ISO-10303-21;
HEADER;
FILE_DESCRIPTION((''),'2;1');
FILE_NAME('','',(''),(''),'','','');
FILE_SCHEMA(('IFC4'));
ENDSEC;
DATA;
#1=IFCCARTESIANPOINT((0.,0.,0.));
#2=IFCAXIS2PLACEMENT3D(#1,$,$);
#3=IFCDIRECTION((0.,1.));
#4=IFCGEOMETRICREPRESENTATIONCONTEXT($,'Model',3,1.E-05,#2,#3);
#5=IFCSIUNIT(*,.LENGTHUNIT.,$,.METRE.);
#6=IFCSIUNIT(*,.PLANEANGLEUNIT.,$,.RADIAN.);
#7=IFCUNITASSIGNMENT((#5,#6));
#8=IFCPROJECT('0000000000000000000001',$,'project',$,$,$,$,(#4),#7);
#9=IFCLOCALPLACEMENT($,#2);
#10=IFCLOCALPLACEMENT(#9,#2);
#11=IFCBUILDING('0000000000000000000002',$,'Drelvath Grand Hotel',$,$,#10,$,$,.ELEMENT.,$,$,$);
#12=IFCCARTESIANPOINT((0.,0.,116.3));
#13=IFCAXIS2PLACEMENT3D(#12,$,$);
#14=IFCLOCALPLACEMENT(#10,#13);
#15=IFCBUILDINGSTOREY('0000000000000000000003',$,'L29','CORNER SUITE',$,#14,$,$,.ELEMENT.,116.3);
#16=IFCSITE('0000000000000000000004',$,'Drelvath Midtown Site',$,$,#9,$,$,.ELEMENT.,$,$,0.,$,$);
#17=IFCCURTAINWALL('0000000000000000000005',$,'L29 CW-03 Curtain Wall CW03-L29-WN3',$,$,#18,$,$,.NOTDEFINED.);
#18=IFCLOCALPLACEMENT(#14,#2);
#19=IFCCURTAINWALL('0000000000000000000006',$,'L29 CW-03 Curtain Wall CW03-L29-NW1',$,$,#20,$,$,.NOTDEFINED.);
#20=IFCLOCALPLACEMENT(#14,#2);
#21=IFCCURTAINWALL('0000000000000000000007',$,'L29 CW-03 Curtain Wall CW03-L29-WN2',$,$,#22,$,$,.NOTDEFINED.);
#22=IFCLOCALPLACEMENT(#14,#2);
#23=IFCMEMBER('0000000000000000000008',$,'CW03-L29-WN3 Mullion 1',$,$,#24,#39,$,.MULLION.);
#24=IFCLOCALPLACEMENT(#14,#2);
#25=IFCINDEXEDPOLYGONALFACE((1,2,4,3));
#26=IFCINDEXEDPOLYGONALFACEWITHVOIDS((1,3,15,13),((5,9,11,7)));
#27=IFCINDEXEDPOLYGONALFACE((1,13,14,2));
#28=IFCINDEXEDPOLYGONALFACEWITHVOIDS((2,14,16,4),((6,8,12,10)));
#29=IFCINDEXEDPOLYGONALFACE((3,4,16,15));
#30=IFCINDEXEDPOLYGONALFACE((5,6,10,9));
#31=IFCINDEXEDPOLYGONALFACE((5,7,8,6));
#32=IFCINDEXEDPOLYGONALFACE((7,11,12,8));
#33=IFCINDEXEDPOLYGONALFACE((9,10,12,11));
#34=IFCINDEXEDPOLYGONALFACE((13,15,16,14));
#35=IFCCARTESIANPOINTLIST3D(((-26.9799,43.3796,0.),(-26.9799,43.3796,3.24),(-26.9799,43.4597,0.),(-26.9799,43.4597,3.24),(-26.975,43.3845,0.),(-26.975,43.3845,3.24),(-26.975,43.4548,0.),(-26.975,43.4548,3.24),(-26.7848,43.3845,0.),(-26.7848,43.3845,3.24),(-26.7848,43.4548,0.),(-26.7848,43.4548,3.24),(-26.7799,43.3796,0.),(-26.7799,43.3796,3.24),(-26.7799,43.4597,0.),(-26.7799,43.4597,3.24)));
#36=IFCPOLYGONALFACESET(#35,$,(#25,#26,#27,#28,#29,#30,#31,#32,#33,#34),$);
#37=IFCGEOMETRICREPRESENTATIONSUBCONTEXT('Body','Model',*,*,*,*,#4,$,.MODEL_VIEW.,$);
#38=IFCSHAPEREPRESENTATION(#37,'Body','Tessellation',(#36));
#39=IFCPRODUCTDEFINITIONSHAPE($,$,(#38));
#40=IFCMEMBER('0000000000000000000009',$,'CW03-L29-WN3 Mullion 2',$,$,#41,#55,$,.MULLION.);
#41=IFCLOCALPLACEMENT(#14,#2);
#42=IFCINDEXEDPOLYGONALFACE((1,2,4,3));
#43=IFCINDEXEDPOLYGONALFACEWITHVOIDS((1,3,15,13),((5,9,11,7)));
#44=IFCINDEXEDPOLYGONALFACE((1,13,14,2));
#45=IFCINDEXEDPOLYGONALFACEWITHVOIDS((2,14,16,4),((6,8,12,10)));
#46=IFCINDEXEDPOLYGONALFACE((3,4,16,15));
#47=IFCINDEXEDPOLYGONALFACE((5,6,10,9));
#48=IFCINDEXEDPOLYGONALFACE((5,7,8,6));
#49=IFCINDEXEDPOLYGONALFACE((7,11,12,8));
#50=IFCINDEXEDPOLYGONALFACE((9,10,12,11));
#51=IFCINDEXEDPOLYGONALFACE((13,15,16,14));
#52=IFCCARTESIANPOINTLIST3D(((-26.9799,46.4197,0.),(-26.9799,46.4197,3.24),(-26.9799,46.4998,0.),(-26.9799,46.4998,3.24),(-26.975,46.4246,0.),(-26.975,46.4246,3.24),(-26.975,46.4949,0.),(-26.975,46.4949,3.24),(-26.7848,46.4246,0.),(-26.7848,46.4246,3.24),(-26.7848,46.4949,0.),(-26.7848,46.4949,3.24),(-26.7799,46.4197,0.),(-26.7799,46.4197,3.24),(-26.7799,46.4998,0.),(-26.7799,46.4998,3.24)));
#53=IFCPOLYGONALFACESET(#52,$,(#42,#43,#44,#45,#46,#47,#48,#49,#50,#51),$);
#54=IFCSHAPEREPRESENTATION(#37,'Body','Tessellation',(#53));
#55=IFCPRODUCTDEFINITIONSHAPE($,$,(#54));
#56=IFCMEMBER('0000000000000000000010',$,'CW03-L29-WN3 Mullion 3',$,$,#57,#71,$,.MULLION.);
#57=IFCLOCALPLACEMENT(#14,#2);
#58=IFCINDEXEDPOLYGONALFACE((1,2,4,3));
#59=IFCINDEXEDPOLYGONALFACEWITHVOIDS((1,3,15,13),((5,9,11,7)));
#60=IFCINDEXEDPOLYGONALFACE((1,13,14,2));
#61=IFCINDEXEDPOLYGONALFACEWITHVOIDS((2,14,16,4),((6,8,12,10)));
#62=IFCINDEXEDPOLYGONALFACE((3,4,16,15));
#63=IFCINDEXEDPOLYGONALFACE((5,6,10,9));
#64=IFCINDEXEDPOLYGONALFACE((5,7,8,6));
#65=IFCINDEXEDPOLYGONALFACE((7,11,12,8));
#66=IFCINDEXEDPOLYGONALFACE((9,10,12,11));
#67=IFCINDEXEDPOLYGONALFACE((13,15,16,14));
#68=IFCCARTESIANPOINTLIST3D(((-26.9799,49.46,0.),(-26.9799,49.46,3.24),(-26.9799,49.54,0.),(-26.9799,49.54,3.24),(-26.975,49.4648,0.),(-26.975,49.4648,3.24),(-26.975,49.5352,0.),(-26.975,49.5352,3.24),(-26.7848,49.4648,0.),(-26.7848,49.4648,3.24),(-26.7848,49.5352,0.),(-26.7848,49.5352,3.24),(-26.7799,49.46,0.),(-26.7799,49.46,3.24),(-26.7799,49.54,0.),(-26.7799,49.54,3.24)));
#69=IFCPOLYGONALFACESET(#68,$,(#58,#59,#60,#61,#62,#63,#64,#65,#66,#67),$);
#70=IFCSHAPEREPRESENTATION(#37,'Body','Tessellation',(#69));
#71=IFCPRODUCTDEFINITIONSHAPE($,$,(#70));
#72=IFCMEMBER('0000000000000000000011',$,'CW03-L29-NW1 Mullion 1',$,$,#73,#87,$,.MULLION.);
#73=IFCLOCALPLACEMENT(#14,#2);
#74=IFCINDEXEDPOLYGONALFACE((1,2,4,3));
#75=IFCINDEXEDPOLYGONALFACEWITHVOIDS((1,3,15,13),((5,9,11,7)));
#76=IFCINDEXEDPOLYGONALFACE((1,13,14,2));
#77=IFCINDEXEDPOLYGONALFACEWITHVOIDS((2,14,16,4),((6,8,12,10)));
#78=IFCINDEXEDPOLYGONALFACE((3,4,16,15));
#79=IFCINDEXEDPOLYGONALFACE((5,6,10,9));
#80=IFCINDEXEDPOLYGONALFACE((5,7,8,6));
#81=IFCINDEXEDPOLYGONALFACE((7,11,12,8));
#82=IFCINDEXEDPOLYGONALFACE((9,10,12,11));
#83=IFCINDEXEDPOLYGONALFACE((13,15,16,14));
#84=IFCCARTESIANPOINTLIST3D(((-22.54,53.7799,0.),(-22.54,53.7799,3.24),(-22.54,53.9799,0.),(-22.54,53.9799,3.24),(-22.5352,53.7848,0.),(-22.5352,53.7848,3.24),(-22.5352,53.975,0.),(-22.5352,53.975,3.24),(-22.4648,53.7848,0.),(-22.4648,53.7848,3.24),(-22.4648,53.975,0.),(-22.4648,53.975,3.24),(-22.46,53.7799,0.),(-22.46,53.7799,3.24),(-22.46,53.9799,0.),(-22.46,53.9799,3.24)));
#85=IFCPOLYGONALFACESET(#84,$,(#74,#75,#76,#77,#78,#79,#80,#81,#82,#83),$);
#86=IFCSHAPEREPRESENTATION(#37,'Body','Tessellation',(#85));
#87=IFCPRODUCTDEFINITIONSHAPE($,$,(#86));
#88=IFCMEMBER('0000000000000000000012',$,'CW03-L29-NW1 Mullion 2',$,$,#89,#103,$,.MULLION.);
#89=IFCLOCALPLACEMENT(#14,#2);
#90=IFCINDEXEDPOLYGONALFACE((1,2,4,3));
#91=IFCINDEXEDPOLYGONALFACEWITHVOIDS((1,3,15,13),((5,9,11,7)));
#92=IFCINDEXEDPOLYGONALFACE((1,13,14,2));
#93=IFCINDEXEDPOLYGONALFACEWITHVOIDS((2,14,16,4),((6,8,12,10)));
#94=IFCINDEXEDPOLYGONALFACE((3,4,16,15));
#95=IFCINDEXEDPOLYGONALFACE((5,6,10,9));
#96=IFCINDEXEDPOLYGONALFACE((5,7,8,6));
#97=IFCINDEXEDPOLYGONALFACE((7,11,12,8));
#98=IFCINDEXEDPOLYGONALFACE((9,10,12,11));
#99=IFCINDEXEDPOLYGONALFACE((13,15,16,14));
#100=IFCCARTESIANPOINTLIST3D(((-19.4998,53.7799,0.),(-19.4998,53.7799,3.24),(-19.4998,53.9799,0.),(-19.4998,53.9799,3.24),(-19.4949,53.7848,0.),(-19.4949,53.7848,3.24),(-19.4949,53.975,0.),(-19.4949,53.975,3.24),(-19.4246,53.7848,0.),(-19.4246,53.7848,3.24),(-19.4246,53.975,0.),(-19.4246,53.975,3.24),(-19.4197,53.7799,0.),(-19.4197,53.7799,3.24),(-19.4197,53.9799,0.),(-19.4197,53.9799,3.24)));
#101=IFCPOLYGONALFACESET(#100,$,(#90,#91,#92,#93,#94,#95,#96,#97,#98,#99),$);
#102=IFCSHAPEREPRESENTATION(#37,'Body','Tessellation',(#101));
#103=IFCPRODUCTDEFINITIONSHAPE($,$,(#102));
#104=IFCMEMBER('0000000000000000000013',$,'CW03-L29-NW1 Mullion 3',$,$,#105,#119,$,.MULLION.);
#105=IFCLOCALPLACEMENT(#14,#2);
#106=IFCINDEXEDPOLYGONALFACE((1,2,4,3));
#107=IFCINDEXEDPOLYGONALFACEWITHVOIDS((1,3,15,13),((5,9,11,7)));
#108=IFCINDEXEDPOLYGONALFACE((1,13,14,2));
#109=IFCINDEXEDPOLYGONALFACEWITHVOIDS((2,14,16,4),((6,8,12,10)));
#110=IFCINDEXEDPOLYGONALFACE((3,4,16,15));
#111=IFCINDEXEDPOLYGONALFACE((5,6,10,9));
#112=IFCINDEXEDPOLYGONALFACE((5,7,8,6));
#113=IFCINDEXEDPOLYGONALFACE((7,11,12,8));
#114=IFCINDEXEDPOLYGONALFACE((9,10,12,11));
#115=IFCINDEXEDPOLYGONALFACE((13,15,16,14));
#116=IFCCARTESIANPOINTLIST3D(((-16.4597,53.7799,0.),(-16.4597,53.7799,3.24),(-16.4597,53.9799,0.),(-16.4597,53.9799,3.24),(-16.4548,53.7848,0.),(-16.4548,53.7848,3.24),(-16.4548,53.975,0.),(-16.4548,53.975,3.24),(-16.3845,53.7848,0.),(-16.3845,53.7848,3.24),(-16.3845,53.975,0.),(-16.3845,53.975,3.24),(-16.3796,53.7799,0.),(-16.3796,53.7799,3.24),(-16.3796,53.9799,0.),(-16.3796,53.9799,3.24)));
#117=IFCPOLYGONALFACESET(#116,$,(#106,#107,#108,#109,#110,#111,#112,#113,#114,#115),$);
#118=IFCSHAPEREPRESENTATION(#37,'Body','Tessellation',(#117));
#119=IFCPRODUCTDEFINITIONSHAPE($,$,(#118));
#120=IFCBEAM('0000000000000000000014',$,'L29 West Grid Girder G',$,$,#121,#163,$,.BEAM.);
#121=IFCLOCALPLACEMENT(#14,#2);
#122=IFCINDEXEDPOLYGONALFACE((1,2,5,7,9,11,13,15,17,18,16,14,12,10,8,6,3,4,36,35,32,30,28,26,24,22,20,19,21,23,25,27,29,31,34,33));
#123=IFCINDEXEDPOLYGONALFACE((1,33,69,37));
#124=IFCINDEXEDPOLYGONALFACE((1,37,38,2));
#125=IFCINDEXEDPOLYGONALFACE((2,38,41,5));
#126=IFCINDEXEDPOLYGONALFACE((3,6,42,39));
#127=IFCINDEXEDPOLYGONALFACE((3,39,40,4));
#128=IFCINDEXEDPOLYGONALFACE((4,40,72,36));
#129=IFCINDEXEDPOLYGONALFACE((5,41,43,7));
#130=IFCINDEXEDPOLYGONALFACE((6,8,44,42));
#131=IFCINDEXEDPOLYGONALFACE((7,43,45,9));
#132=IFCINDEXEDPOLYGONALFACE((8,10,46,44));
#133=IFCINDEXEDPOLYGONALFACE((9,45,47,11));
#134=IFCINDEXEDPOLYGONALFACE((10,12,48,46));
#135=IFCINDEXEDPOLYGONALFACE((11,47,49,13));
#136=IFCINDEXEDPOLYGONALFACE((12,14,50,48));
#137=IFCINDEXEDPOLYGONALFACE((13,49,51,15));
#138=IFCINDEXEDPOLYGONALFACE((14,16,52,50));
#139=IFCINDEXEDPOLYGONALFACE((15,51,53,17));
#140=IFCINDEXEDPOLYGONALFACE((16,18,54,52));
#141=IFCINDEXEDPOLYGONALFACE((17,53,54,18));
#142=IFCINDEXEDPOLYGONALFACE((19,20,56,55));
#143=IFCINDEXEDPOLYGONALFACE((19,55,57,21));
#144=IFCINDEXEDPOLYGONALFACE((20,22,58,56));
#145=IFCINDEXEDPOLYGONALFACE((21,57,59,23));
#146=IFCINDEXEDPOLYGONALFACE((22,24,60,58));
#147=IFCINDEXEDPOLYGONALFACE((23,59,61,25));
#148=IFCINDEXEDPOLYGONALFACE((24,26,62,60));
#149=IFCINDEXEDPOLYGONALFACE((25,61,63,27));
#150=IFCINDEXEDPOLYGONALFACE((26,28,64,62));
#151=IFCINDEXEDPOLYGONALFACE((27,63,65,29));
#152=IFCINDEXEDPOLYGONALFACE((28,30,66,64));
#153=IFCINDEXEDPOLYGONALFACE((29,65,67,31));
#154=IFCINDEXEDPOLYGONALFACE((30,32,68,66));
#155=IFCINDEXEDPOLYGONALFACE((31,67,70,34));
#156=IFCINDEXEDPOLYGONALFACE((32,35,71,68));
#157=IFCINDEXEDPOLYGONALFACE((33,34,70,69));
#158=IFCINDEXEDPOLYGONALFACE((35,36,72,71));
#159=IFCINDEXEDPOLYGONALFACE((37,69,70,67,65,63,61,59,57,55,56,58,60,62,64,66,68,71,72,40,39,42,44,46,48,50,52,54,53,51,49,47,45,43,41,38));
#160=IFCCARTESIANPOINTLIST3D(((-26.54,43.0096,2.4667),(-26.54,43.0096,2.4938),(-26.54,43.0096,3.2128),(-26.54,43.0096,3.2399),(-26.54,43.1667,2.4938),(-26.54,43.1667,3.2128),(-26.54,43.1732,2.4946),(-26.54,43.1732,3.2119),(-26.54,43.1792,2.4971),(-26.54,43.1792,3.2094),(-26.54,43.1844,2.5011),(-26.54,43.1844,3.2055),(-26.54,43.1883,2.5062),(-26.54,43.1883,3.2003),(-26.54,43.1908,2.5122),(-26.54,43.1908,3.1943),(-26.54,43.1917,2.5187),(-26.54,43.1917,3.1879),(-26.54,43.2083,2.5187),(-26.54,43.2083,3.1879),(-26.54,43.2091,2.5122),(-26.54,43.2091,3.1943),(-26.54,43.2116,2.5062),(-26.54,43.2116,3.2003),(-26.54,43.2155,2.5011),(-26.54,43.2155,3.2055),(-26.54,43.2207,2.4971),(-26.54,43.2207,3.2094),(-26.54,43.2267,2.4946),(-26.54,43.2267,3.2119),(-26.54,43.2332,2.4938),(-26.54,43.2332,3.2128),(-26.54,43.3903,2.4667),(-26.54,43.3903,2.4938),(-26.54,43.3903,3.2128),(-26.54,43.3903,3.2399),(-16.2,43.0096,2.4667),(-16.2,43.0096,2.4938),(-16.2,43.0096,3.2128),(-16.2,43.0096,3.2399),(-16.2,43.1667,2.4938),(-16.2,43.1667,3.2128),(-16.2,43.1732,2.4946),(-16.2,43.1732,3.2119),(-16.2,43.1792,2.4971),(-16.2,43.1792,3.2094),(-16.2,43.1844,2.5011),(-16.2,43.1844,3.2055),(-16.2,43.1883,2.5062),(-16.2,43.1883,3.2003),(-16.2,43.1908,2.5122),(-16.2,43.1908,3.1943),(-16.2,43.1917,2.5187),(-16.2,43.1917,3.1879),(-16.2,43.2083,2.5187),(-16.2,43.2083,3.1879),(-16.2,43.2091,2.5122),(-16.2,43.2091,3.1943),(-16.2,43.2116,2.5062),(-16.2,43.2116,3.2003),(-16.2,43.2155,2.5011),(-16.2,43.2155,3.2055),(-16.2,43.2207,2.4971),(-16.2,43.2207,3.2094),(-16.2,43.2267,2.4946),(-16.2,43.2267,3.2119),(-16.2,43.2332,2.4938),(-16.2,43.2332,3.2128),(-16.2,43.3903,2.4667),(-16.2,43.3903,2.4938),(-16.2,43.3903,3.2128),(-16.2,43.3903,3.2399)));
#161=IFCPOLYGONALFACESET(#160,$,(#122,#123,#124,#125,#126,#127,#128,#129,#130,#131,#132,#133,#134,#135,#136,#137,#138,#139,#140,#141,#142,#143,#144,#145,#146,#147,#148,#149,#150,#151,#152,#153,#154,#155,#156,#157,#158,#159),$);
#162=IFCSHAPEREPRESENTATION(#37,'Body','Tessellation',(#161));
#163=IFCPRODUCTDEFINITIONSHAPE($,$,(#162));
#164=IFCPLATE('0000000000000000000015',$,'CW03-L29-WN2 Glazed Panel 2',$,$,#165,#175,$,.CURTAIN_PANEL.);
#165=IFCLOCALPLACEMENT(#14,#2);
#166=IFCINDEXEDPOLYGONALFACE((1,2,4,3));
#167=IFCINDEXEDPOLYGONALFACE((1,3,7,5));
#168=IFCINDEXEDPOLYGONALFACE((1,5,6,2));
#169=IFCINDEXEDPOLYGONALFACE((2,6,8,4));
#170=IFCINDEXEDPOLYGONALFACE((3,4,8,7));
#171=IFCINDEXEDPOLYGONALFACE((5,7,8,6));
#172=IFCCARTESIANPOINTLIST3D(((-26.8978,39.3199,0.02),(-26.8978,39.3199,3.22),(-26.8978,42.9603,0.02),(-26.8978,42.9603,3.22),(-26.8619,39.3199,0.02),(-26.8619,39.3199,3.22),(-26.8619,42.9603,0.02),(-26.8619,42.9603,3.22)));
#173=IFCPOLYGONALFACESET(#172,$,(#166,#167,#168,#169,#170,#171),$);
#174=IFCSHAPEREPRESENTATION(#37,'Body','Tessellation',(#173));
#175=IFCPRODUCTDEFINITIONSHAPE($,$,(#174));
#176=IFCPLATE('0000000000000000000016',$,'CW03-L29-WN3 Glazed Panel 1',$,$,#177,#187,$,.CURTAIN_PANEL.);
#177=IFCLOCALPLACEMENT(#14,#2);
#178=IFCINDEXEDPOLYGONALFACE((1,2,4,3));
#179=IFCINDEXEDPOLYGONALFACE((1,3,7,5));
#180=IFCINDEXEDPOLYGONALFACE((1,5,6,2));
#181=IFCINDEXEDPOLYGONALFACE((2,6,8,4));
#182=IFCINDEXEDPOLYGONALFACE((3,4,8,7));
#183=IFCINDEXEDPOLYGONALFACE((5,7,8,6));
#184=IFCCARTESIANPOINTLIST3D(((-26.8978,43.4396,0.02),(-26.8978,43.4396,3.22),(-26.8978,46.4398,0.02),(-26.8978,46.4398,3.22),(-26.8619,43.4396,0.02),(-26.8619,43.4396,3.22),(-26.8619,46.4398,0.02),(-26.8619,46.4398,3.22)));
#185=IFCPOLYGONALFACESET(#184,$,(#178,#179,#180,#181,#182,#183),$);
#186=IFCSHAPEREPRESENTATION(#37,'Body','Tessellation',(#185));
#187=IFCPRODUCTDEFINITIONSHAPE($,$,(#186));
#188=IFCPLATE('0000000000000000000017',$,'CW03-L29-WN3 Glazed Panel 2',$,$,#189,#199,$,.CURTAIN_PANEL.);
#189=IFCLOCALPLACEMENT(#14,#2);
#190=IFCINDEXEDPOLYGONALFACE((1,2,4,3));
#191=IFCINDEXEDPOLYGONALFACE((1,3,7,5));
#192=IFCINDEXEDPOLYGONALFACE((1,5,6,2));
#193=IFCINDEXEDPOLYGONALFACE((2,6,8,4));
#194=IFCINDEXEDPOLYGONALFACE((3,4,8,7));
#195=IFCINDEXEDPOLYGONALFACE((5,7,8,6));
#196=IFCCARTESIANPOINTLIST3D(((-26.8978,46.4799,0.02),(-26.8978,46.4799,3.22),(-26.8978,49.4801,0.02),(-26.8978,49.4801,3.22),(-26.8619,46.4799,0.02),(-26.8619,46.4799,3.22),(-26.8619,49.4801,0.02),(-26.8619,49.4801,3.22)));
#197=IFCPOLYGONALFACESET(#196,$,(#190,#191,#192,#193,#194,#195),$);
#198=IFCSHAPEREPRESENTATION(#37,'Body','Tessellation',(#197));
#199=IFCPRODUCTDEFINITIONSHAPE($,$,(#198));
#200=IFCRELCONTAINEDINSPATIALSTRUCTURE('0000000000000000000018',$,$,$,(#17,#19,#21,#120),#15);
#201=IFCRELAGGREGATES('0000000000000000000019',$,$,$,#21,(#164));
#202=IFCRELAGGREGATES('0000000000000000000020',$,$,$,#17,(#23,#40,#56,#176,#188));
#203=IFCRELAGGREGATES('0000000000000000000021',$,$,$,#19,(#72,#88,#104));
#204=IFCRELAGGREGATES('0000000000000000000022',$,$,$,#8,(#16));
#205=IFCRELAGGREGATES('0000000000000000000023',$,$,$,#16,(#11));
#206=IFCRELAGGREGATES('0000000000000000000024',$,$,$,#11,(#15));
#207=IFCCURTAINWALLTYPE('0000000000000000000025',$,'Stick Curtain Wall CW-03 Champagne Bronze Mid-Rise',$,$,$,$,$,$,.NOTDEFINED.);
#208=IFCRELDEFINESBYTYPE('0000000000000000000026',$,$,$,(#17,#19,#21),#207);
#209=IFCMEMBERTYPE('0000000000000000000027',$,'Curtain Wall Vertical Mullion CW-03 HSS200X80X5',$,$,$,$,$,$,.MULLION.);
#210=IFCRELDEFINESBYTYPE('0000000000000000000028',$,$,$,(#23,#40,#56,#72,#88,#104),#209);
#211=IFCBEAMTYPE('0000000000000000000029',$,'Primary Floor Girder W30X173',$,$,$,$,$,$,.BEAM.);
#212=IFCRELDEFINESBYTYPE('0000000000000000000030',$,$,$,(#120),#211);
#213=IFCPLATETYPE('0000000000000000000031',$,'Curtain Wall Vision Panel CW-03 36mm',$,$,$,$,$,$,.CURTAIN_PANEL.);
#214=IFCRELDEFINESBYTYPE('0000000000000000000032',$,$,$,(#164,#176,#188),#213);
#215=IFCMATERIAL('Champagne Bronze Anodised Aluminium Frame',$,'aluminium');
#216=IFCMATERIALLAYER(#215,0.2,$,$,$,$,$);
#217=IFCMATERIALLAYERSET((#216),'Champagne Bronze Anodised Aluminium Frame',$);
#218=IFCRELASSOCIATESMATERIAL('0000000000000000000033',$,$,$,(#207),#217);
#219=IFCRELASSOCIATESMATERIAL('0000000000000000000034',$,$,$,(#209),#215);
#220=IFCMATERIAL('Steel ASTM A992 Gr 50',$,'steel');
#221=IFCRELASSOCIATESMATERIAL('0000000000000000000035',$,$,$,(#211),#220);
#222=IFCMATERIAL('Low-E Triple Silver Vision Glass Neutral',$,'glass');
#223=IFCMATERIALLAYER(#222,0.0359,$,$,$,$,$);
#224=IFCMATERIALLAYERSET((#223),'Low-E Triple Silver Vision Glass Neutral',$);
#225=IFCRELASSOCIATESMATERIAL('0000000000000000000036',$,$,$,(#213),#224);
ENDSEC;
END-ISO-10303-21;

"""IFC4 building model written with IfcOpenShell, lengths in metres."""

from ifc_helpers import new_model, si_unit, direction, frame, origin, origin_2d, place, context, subcontext, project, spatial, rectangle, hollow_rectangle, i_section, extrude, material, layer, layer_set, material_profile, profile_set, type_object, element, aggregate, save


model = new_model("IFC4")

# Units and contexts
model_context = context("Model", 3, precision=1e-05, world=origin(), true_north=direction((0.0, 1.0)))
body_context = subcontext(model_context, "Body", "Model", "MODEL_VIEW")
ifc_project = project(units=[si_unit("LENGTHUNIT", "METRE"), si_unit("PLANEANGLEUNIT", "RADIAN")], contexts=[model_context])

# Site, building, storey
site_placement = place(None, origin())
site = spatial("IfcSite", under=ifc_project, at=site_placement, Name="Drelvath Midtown Site", CompositionType="ELEMENT", RefElevation=0.0)
building_placement = place(site_placement, origin())
building = spatial("IfcBuilding", under=site, at=building_placement, Name="Drelvath Grand Hotel", CompositionType="ELEMENT")
storey_placement = place(building_placement, frame((0.0, 0.0, 116.3)))
storey = spatial("IfcBuildingStorey", under=building, at=storey_placement, Name="L29", Description="CORNER SUITE", CompositionType="ELEMENT", Elevation=116.3)

# Shared definitions
ifc_material_1 = material(Name="Steel ASTM A992 Gr 50", Category="steel")

# Curtain walls
ifc_material_2 = material(Name="Champagne Bronze Anodised Aluminium Frame", Category="aluminium")
ifc_layer_1 = layer(ifc_material_2, 0.2)
ifc_layer_set_1 = layer_set([ifc_layer_1], Name="Champagne Bronze Anodised Aluminium Frame")
curtain_wall_type = type_object("IfcCurtainWallType", Name="Stick Curtain Wall CW-03 Champagne Bronze Mid-Rise", PredefinedType="NOTDEFINED", material=ifc_layer_set_1)
curtain_wall_1_placement = place(storey_placement, origin())
curtain_wall_1 = element("IfcCurtainWall", 1, at=curtain_wall_1_placement, inside=storey, type_object=curtain_wall_type, Name="L29 CW-03 Curtain Wall CW03-L29-WN3", PredefinedType="NOTDEFINED")
curtain_wall_2_placement = place(storey_placement, origin())
curtain_wall_2 = element("IfcCurtainWall", 2, at=curtain_wall_2_placement, inside=storey, type_object=curtain_wall_type, Name="L29 CW-03 Curtain Wall CW03-L29-NW1", PredefinedType="NOTDEFINED")

# Curtain wall
curtain_wall_3_placement = place(storey_placement, origin())
curtain_wall_3 = element("IfcCurtainWall", 3, at=curtain_wall_3_placement, inside=storey, type_object=curtain_wall_type, Name="L29 CW-03 Curtain Wall CW03-L29-WN2", PredefinedType="NOTDEFINED")
ifc_material_profile_1 = material_profile(ifc_material_2, hollow_rectangle(XDim=0.0801, YDim=0.2, WallThickness=0.0049, at=origin_2d()), Name="HSS200X80X5")
ifc_profile_set_1 = profile_set([ifc_material_profile_1], Name="Champagne Bronze Anodised Aluminium Frame")
member_type_1 = type_object("IfcMemberType", Name="Curtain Wall Vertical Mullion CW-03 HSS200X80X5", PredefinedType="MULLION", material=ifc_profile_set_1)

# Members
member_1_placement = place(storey_placement, frame((-26.8799, 43.4197, 0.0), z_axis=(0.0, 0.0, 1.0), x_axis=(0.0, 1.0, 0.0)))
member_1 = element("IfcMember", 4, at=member_1_placement, type_object=member_type_1, Name="CW03-L29-WN3 Mullion 1", PredefinedType="MULLION", context=body_context, shape_type="SweptSolid", body=[
    extrude(hollow_rectangle(XDim=0.0801, YDim=0.2, WallThickness=0.0049, at=origin_2d()), origin(), (0.0, 0.0, 1.0), 3.24),
])
member_2_placement = place(storey_placement, frame((-26.8799, 46.4597, 0.0), z_axis=(0.0, 0.0, 1.0), x_axis=(0.0, 1.0, 0.0)))
member_2 = element("IfcMember", 5, at=member_2_placement, type_object=member_type_1, Name="CW03-L29-WN3 Mullion 2", PredefinedType="MULLION", context=body_context, shape_type="SweptSolid", body=[
    extrude(hollow_rectangle(XDim=0.0801, YDim=0.2, WallThickness=0.0049, at=origin_2d()), origin(), (0.0, 0.0, 1.0), 3.24),
])
member_3_placement = place(storey_placement, frame((-26.8799, 49.5, 0.0), z_axis=(0.0, 0.0, 1.0), x_axis=(0.0, 1.0, 0.0)))
member_3 = element("IfcMember", 6, at=member_3_placement, type_object=member_type_1, Name="CW03-L29-WN3 Mullion 3", PredefinedType="MULLION", context=body_context, shape_type="SweptSolid", body=[
    extrude(hollow_rectangle(XDim=0.0801, YDim=0.2, WallThickness=0.0049, at=origin_2d()), origin(), (0.0, 0.0, 1.0), 3.24),
])
member_4_placement = place(storey_placement, frame((-22.5, 53.8799, 0.0), z_axis=(0.0, 0.0, 1.0), x_axis=(1.0, 0.0, 0.0)))
member_4 = element("IfcMember", 7, at=member_4_placement, type_object=member_type_1, Name="CW03-L29-NW1 Mullion 1", PredefinedType="MULLION", context=body_context, shape_type="SweptSolid", body=[
    extrude(hollow_rectangle(XDim=0.0801, YDim=0.2, WallThickness=0.0049, at=origin_2d()), origin(), (0.0, 0.0, 1.0), 3.24),
])
member_5_placement = place(storey_placement, frame((-19.4597, 53.8799, 0.0), z_axis=(0.0, 0.0, 1.0), x_axis=(1.0, 0.0, 0.0)))
member_5 = element("IfcMember", 8, at=member_5_placement, type_object=member_type_1, Name="CW03-L29-NW1 Mullion 2", PredefinedType="MULLION", context=body_context, shape_type="SweptSolid", body=[
    extrude(hollow_rectangle(XDim=0.0801, YDim=0.2, WallThickness=0.0049, at=origin_2d()), origin(), (0.0, 0.0, 1.0), 3.24),
])
member_6_placement = place(storey_placement, frame((-16.4197, 53.8799, 0.0), z_axis=(0.0, 0.0, 1.0), x_axis=(1.0, 0.0, 0.0)))
member_6 = element("IfcMember", 9, at=member_6_placement, type_object=member_type_1, Name="CW03-L29-NW1 Mullion 3", PredefinedType="MULLION", context=body_context, shape_type="SweptSolid", body=[
    extrude(hollow_rectangle(XDim=0.0801, YDim=0.2, WallThickness=0.0049, at=origin_2d()), origin(), (0.0, 0.0, 1.0), 3.24),
])

# Beam
ifc_material_profile_2 = material_profile(ifc_material_1, i_section(OverallWidth=0.3806, OverallDepth=0.7732, WebThickness=0.0166, FlangeThickness=0.0271, FilletRadius=0.0249, at=origin_2d()), Name="W30X173")
ifc_profile_set_2 = profile_set([ifc_material_profile_2], Name="Steel ASTM A992 Gr 50")
beam_type_1 = type_object("IfcBeamType", Name="Primary Floor Girder W30X173", PredefinedType="BEAM", material=ifc_profile_set_2)
beam_1_placement = place(storey_placement, frame((-26.54, 43.2, 2.8533), z_axis=(1.0, 0.0, 0.0), x_axis=(0.0, 1.0, 0.0)))
element("IfcBeam", 10, at=beam_1_placement, inside=storey, type_object=beam_type_1, Name="L29 West Grid Girder G", PredefinedType="BEAM", context=body_context, shape_type="SweptSolid", body=[
    extrude(i_section(OverallWidth=0.3806, OverallDepth=0.7732, WebThickness=0.0166, FlangeThickness=0.0271, FilletRadius=0.0249, at=origin_2d()), origin(), (0.0, 0.0, 1.0), 10.3401),
])

# Plates
ifc_material_3 = material(Name="Low-E Triple Silver Vision Glass Neutral", Category="glass")
ifc_layer_2 = layer(ifc_material_3, 0.0359)
ifc_layer_set_2 = layer_set([ifc_layer_2], Name="Low-E Triple Silver Vision Glass Neutral")
plate_type = type_object("IfcPlateType", Name="Curtain Wall Vision Panel CW-03 36mm", PredefinedType="CURTAIN_PANEL", material=ifc_layer_set_2)
plate_1_placement = place(storey_placement, frame((-26.8799, 41.1401, 0.02), z_axis=(0.0, 0.0, 1.0), x_axis=(0.0, 1.0, 0.0)))
plate_1 = element("IfcPlate", 11, at=plate_1_placement, type_object=plate_type, Name="CW03-L29-WN2 Glazed Panel 2", PredefinedType="CURTAIN_PANEL", context=body_context, shape_type="SweptSolid", body=[
    extrude(rectangle(XDim=3.6404, YDim=0.0359, at=origin_2d()), origin(), (0.0, 0.0, 1.0), 3.2),
])
aggregate(curtain_wall_3, [plate_1])
plate_2_placement = place(storey_placement, frame((-26.8799, 44.9397, 0.02), z_axis=(0.0, 0.0, 1.0), x_axis=(0.0, 1.0, 0.0)))
plate_2 = element("IfcPlate", 12, at=plate_2_placement, type_object=plate_type, Name="CW03-L29-WN3 Glazed Panel 1", PredefinedType="CURTAIN_PANEL", context=body_context, shape_type="SweptSolid", body=[
    extrude(rectangle(XDim=3.0002, YDim=0.0359, at=origin_2d()), origin(), (0.0, 0.0, 1.0), 3.2),
])
plate_3_placement = place(storey_placement, frame((-26.8799, 47.98, 0.02), z_axis=(0.0, 0.0, 1.0), x_axis=(0.0, 1.0, 0.0)))
plate_3 = element("IfcPlate", 13, at=plate_3_placement, type_object=plate_type, Name="CW03-L29-WN3 Glazed Panel 2", PredefinedType="CURTAIN_PANEL", context=body_context, shape_type="SweptSolid", body=[
    extrude(rectangle(XDim=3.0002, YDim=0.0359, at=origin_2d()), origin(), (0.0, 0.0, 1.0), 3.2),
])
aggregate(curtain_wall_1, [member_1, member_2, member_3, plate_2, plate_3])
aggregate(curtain_wall_2, [member_4, member_5, member_6])

save(model, "model.ifc")
